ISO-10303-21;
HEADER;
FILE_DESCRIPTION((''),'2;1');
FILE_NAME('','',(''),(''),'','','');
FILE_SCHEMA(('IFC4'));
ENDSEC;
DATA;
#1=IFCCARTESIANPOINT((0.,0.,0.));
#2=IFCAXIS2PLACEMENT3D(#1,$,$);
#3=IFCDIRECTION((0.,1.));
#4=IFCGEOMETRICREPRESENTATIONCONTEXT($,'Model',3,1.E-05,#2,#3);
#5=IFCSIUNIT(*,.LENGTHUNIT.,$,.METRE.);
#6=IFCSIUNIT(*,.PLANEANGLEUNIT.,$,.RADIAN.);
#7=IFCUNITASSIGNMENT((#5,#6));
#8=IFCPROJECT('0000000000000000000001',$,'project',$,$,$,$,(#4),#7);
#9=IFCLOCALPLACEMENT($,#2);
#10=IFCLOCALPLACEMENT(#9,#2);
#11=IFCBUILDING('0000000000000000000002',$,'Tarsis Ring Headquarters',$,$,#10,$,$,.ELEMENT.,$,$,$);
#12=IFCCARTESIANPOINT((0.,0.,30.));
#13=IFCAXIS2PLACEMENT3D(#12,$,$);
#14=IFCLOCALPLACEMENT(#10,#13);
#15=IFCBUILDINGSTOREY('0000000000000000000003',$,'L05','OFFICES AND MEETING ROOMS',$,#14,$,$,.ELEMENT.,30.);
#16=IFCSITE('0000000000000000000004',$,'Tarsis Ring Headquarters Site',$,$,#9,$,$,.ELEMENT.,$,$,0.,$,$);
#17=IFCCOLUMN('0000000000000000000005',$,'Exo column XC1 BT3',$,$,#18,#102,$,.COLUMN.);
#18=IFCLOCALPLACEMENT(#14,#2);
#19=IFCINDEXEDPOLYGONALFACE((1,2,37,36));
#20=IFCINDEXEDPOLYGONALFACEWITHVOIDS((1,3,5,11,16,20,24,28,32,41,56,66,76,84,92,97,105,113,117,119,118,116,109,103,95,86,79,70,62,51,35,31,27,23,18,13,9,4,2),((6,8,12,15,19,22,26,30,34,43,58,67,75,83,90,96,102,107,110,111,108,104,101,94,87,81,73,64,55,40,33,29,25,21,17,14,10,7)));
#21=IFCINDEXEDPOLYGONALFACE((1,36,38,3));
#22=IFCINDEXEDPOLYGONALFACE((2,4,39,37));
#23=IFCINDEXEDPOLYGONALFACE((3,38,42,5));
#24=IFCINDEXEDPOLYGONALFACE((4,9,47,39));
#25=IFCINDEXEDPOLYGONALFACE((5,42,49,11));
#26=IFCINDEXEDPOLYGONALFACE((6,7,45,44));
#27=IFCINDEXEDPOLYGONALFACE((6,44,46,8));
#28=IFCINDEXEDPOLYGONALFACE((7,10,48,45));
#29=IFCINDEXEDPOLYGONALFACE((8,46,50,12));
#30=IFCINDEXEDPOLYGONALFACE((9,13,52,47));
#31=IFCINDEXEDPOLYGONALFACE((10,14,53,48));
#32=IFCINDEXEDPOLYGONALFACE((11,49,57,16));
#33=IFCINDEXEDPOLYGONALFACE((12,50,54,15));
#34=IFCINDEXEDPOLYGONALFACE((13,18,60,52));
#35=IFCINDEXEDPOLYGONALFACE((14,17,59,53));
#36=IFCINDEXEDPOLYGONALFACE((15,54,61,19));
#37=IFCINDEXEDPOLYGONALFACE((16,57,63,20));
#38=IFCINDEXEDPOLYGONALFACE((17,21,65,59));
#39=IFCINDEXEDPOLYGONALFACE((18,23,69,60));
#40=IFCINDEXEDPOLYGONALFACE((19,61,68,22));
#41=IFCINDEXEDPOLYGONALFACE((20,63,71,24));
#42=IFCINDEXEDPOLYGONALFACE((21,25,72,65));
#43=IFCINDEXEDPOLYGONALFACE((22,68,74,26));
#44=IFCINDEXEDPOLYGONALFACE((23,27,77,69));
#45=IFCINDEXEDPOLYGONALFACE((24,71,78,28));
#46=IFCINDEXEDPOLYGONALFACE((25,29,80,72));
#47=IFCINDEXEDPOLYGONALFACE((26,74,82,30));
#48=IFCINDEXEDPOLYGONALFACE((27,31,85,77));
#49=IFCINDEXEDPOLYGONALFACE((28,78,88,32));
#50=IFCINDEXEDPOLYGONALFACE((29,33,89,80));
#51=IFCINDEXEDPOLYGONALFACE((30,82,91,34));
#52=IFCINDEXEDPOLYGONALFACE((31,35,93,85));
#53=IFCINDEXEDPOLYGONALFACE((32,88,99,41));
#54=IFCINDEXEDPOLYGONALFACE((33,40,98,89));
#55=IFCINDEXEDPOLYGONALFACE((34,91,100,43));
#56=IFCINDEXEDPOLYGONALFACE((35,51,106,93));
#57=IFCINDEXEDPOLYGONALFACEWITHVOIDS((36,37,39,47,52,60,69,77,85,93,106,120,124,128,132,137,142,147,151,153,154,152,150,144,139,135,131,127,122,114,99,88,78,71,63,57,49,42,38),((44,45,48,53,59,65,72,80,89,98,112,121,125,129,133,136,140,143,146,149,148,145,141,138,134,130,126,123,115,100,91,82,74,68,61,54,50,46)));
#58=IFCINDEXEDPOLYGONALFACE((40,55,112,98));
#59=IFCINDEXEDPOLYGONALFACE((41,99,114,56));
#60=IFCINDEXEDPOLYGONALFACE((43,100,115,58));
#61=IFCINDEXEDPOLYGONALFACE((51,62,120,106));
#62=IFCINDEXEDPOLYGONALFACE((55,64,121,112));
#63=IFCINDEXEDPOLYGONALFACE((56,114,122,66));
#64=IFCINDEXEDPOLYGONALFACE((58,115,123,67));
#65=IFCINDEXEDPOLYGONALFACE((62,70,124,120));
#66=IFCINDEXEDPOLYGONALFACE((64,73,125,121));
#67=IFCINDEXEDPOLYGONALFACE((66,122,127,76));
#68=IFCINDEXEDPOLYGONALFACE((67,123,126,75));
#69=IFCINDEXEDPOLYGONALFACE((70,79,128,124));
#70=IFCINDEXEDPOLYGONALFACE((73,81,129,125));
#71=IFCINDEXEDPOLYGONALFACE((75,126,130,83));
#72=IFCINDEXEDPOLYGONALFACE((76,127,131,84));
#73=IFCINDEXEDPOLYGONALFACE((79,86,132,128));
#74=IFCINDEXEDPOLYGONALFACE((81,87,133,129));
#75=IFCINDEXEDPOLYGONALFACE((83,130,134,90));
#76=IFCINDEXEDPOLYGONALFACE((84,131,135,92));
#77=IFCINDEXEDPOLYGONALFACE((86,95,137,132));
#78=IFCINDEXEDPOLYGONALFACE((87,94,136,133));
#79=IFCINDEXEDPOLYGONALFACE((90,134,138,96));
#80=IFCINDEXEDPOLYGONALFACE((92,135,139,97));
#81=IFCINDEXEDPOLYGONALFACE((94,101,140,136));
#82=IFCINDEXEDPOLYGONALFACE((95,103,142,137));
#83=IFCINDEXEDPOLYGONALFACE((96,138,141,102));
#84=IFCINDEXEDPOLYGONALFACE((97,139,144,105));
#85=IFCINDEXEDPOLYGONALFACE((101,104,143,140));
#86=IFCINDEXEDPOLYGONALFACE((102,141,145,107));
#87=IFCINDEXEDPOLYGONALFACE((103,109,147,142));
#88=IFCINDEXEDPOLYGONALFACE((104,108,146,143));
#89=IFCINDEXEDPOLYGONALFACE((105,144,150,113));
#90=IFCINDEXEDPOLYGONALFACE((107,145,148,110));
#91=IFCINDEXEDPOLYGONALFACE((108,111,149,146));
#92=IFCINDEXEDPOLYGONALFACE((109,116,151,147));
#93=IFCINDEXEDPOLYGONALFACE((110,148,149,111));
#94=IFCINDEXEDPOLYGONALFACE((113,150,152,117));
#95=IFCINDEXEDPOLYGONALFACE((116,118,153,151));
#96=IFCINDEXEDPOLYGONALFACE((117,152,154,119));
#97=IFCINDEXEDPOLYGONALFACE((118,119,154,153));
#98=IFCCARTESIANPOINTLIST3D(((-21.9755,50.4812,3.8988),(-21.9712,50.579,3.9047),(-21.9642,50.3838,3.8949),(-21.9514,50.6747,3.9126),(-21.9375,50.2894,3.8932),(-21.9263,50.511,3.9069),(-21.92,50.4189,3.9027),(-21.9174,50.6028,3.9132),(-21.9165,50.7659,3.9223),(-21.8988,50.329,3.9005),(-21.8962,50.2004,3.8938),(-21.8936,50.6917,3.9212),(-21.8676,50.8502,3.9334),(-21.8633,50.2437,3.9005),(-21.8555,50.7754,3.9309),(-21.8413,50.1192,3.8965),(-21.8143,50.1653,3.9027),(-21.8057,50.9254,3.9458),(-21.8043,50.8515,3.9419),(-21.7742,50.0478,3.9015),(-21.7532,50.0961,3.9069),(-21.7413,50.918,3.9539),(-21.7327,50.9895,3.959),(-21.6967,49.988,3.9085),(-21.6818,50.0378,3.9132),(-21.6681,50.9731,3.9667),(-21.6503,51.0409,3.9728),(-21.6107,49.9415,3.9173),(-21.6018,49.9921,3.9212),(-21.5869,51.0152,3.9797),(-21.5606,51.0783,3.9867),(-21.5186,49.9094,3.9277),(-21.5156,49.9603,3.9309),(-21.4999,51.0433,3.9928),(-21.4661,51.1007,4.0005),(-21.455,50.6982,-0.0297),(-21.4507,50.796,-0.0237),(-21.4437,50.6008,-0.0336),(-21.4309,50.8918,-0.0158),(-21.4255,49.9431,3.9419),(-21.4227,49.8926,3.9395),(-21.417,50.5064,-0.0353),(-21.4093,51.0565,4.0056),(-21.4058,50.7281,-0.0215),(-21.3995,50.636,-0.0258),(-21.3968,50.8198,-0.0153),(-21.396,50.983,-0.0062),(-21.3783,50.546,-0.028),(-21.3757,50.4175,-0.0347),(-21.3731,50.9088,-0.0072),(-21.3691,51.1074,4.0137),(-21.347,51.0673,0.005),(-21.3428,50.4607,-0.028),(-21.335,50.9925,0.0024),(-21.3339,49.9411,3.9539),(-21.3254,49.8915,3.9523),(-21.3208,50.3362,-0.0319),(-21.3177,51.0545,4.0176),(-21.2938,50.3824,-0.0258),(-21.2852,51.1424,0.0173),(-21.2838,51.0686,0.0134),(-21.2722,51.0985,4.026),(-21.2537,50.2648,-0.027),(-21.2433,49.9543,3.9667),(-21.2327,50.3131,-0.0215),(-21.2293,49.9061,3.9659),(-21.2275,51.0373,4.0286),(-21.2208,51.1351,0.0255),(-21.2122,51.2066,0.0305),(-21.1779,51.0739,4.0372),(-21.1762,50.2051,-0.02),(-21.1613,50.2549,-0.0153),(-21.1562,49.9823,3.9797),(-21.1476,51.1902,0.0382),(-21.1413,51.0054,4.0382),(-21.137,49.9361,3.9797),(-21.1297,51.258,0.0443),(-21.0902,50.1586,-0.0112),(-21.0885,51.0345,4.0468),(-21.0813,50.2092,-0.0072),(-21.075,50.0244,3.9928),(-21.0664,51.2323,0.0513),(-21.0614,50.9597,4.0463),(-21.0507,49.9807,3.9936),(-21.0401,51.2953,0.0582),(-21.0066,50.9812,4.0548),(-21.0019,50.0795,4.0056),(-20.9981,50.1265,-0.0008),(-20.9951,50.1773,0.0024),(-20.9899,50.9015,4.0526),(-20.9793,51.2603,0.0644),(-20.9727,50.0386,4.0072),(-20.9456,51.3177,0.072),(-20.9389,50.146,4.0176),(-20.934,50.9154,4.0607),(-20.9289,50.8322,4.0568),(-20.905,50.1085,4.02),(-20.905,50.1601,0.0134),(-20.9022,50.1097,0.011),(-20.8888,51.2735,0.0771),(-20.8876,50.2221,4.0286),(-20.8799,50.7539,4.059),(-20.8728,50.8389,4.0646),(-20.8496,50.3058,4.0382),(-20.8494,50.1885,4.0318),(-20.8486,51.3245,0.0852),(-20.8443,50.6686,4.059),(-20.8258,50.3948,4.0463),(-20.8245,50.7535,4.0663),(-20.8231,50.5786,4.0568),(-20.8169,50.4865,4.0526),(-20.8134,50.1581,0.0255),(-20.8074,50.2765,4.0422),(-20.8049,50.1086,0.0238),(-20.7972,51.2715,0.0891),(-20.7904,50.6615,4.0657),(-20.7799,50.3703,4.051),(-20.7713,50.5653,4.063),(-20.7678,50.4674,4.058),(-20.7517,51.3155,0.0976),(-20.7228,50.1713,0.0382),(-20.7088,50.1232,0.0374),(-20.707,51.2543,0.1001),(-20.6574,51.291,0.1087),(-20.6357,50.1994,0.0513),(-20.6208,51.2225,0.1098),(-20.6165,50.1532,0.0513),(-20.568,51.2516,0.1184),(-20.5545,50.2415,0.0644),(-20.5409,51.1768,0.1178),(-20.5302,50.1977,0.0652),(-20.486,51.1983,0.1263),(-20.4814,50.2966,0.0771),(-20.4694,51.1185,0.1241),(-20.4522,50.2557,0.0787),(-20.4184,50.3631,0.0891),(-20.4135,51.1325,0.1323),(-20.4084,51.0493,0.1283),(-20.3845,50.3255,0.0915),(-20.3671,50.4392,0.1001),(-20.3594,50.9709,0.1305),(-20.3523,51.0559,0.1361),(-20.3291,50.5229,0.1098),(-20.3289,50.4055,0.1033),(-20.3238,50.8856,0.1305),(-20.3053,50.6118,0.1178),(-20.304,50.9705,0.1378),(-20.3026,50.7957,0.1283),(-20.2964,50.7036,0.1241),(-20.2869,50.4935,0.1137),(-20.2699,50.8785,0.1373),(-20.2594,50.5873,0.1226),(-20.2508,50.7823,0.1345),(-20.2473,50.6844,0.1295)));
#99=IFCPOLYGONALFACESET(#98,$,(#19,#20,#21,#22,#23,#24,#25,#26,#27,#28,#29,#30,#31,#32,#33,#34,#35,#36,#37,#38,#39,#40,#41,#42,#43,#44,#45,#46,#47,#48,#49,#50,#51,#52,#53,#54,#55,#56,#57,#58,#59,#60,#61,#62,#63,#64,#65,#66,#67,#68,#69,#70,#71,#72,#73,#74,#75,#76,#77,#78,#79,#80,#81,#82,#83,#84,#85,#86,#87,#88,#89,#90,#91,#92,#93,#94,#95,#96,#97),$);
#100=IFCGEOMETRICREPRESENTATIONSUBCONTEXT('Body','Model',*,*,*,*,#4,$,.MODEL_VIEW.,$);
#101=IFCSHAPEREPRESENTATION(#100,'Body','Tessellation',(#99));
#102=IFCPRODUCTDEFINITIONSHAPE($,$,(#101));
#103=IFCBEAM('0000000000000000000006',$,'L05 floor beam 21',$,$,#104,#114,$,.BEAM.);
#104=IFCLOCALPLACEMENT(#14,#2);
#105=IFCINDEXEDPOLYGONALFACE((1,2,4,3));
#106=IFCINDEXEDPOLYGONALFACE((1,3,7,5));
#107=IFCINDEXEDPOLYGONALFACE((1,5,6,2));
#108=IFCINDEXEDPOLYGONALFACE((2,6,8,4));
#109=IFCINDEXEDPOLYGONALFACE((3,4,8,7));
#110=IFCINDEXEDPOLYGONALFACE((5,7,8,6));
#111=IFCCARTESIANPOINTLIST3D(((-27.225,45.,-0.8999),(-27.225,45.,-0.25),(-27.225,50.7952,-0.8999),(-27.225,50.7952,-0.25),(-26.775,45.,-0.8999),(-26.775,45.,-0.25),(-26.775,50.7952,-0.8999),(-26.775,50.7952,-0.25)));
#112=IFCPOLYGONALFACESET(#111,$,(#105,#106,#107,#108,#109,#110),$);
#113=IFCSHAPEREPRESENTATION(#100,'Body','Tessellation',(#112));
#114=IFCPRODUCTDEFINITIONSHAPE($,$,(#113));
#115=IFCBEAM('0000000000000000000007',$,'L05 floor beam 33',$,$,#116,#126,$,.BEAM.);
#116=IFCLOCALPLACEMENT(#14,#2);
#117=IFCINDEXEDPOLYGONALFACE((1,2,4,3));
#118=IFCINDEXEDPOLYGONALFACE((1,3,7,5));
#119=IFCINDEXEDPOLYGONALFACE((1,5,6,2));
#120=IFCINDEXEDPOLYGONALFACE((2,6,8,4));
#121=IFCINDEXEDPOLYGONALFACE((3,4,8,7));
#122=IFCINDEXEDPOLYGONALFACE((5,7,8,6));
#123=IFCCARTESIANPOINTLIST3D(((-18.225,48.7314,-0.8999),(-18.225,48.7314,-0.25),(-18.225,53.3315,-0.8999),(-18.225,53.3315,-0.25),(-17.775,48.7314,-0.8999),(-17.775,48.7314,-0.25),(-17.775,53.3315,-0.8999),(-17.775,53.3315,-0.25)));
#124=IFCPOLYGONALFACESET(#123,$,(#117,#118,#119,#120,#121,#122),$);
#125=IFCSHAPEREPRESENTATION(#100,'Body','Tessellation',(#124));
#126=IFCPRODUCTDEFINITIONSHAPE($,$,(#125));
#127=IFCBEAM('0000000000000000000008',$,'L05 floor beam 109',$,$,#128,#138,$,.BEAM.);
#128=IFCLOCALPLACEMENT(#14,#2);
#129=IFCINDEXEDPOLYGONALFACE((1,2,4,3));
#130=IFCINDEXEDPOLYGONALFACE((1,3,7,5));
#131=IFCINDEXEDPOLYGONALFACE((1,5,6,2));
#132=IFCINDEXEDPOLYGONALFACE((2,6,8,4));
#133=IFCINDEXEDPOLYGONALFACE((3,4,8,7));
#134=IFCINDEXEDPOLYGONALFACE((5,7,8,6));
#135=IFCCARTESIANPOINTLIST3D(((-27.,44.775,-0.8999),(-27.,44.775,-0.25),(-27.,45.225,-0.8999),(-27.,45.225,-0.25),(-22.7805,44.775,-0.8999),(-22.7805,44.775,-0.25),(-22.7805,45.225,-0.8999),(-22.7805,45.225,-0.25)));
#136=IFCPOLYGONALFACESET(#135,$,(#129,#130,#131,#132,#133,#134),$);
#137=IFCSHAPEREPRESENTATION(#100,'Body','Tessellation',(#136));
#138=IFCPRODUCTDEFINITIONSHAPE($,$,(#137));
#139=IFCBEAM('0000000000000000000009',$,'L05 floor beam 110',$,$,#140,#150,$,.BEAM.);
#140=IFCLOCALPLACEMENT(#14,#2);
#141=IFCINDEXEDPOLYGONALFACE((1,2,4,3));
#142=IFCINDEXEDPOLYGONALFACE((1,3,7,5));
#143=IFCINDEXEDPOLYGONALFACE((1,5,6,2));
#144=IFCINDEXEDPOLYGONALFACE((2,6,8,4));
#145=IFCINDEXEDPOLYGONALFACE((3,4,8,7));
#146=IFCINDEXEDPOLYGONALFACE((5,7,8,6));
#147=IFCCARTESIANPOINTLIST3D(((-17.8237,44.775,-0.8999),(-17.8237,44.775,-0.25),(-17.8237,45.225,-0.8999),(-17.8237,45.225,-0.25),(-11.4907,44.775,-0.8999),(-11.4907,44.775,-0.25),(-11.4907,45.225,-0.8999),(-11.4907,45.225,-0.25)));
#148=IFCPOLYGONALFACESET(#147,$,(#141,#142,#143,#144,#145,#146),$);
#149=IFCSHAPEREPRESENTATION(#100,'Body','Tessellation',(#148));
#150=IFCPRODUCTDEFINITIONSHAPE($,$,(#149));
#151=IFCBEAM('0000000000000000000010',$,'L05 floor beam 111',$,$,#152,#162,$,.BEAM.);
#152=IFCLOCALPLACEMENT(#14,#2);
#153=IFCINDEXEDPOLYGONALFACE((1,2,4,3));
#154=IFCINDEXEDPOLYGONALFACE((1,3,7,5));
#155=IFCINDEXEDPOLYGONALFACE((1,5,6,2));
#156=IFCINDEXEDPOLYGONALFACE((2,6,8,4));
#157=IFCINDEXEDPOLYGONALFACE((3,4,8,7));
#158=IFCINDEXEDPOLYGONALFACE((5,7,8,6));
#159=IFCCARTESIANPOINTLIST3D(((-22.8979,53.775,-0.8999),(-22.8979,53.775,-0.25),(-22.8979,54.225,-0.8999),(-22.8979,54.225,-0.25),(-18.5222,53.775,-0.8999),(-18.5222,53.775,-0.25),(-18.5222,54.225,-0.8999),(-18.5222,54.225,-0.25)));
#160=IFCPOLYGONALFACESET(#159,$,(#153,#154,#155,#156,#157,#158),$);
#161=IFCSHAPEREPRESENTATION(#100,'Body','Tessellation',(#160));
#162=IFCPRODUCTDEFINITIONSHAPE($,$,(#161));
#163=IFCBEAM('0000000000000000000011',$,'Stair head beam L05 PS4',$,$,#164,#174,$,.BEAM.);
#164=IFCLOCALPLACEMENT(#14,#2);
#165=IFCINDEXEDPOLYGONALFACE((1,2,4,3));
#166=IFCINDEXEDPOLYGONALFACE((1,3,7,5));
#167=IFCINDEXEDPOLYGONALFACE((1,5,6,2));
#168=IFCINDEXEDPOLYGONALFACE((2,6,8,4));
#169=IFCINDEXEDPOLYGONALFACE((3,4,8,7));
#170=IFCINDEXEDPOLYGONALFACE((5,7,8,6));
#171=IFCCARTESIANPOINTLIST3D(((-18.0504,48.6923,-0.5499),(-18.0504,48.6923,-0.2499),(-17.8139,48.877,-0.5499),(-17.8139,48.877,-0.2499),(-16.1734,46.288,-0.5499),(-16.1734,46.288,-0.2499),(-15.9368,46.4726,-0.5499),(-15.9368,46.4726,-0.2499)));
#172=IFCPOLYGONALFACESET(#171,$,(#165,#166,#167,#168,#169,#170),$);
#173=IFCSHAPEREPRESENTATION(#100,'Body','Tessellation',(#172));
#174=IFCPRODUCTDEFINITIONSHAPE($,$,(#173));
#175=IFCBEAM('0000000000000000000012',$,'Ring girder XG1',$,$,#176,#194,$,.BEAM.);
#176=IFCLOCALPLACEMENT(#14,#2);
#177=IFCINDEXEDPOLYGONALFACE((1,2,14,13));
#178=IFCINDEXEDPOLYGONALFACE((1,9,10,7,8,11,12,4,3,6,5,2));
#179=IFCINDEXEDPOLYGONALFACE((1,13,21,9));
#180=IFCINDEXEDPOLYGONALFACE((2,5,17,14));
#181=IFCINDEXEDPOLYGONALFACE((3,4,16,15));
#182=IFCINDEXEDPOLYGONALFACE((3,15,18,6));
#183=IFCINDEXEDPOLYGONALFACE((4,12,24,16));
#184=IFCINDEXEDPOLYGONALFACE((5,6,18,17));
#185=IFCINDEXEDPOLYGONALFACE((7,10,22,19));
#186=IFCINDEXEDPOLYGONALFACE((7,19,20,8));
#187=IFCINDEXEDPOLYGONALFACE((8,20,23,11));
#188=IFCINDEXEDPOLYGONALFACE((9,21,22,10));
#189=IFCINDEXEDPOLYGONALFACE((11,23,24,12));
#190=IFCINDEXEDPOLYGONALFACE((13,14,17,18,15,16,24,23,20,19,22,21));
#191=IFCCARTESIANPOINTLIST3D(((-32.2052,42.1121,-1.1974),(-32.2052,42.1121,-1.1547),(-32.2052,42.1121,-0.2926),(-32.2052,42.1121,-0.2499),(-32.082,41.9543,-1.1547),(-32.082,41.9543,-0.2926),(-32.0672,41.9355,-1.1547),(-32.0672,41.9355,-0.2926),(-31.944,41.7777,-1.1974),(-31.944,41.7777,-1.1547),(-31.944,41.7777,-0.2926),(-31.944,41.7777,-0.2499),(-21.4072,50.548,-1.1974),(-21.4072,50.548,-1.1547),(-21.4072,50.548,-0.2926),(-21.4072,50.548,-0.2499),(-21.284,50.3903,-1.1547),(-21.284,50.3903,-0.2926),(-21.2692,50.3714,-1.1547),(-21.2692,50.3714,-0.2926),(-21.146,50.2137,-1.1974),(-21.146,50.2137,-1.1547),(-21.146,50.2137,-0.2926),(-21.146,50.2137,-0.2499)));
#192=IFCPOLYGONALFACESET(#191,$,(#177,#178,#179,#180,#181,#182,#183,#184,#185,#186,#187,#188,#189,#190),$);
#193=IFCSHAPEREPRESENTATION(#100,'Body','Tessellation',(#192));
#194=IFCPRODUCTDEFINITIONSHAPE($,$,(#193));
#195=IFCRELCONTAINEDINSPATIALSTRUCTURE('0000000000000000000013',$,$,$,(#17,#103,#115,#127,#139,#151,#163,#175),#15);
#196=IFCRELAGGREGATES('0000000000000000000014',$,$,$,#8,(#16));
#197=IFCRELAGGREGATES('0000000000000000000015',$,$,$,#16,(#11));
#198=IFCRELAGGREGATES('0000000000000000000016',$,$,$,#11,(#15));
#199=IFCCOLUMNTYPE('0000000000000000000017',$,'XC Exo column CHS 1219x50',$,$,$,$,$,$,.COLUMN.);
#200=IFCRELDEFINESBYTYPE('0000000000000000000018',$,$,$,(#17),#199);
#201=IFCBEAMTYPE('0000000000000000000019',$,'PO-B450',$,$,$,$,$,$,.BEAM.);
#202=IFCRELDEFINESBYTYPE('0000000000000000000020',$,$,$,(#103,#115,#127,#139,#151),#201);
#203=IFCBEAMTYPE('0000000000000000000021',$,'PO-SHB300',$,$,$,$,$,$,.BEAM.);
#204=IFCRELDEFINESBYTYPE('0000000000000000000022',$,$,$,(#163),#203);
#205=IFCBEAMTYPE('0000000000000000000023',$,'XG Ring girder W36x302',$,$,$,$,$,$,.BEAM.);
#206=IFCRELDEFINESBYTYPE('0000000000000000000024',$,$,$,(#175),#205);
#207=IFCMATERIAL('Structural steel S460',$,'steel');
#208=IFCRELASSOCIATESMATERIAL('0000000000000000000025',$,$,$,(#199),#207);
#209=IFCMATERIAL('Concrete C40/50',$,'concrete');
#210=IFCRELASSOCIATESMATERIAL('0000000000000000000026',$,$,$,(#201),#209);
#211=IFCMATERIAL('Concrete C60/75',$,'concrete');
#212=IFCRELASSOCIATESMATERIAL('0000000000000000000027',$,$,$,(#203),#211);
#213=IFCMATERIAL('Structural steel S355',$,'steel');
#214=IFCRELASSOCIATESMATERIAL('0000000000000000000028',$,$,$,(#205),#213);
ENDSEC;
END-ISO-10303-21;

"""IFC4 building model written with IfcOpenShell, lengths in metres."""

from ifc_helpers import new_model, si_unit, direction, frame, origin, origin_2d, place, context, subcontext, project, spatial, rectangle, hollow_circle, i_section, extrude, material, material_profile, profile_set, type_object, element, save


model = new_model("IFC4")

# Units and contexts
model_context = context("Model", 3, precision=1e-05, world=origin(), true_north=direction((0.0, 1.0)))
body_context = subcontext(model_context, "Body", "Model", "MODEL_VIEW")
ifc_project = project(units=[si_unit("LENGTHUNIT", "METRE"), si_unit("PLANEANGLEUNIT", "RADIAN")], contexts=[model_context])

# Site, building, storey
site_placement = place(None, origin())
site = spatial("IfcSite", under=ifc_project, at=site_placement, Name="Tarsis Ring Headquarters Site", CompositionType="ELEMENT", RefElevation=0.0)
building_placement = place(site_placement, origin())
building = spatial("IfcBuilding", under=site, at=building_placement, Name="Tarsis Ring Headquarters", CompositionType="ELEMENT")
storey_placement = place(building_placement, frame((0.0, 0.0, 30.0)))
storey = spatial("IfcBuildingStorey", under=building, at=storey_placement, Name="L05", Description="OFFICES AND MEETING ROOMS", CompositionType="ELEMENT", Elevation=30.0)

# Column
ifc_material_1 = material(Name="Structural steel S460", Category="steel")
ifc_material_profile_1 = material_profile(ifc_material_1, hollow_circle(Radius=0.6096, WallThickness=0.05, at=origin_2d()), Name="CHS 1219x50")
ifc_profile_set_1 = profile_set([ifc_material_profile_1], Name="Structural steel S460")
column_type = type_object("IfcColumnType", Name="XC Exo column CHS 1219x50", PredefinedType="COLUMN", material=ifc_profile_set_1)
column_placement = place(storey_placement, frame((-20.8511, 50.7158, 0.0513), z_axis=(-0.131152, -0.054688, 0.989853), x_axis=(0.384861, -0.922974, 0.0)))
element("IfcColumn", 1, at=column_placement, inside=storey, type_object=column_type, Name="Exo column XC1 BT3", PredefinedType="COLUMN", context=body_context, shape_type="SweptSolid", body=[
    extrude(hollow_circle(Radius=0.6096, WallThickness=0.05, at=origin_2d()), origin(), (0.0, 0.0, 1.0), 3.9688),
])

# Beams
ifc_material_2 = material(Name="Concrete C40/50", Category="concrete")
ifc_material_profile_2 = material_profile(ifc_material_2, rectangle(XDim=0.45, YDim=0.6499, at=origin_2d()), Name="PO-B450")
ifc_profile_set_2 = profile_set([ifc_material_profile_2], Name="Concrete C40/50")
beam_type_1 = type_object("IfcBeamType", Name="PO-B450", PredefinedType="BEAM", material=ifc_profile_set_2)
beam_1_placement = place(storey_placement, frame((-27.0, 45.0, -0.575), z_axis=(0.0, 1.0, 0.0), x_axis=(-1.0, 0.0, 0.0)))
element("IfcBeam", 2, at=beam_1_placement, inside=storey, type_object=beam_type_1, Name="L05 floor beam 21", PredefinedType="BEAM", context=body_context, shape_type="SweptSolid", body=[
    extrude(rectangle(XDim=0.45, YDim=0.6499, at=origin_2d()), origin(), (0.0, 0.0, 1.0), 5.7952),
])
beam_2_placement = place(storey_placement, frame((-18.0, 48.7314, -0.575), z_axis=(0.0, 1.0, 0.0), x_axis=(-1.0, 0.0, 0.0)))
element("IfcBeam", 3, at=beam_2_placement, inside=storey, type_object=beam_type_1, Name="L05 floor beam 33", PredefinedType="BEAM", context=body_context, shape_type="SweptSolid", body=[
    extrude(rectangle(XDim=0.45, YDim=0.6499, at=origin_2d()), origin(), (0.0, 0.0, 1.0), 4.6001),
])
beam_3_placement = place(storey_placement, frame((-27.0, 45.0, -0.575), z_axis=(1.0, 0.0, 0.0), x_axis=(0.0, 1.0, 0.0)))
element("IfcBeam", 4, at=beam_3_placement, inside=storey, type_object=beam_type_1, Name="L05 floor beam 109", PredefinedType="BEAM", context=body_context, shape_type="SweptSolid", body=[
    extrude(rectangle(XDim=0.45, YDim=0.6499, at=origin_2d()), origin(), (0.0, 0.0, 1.0), 4.2195),
])
beam_4_placement = place(storey_placement, frame((-17.8237, 45.0, -0.575), z_axis=(1.0, 0.0, 0.0), x_axis=(0.0, 1.0, 0.0)))
element("IfcBeam", 5, at=beam_4_placement, inside=storey, type_object=beam_type_1, Name="L05 floor beam 110", PredefinedType="BEAM", context=body_context, shape_type="SweptSolid", body=[
    extrude(rectangle(XDim=0.45, YDim=0.6499, at=origin_2d()), origin(), (0.0, 0.0, 1.0), 6.333),
])
beam_5_placement = place(storey_placement, frame((-22.8979, 54.0, -0.575), z_axis=(1.0, 0.0, 0.0), x_axis=(0.0, 1.0, 0.0)))
element("IfcBeam", 6, at=beam_5_placement, inside=storey, type_object=beam_type_1, Name="L05 floor beam 111", PredefinedType="BEAM", context=body_context, shape_type="SweptSolid", body=[
    extrude(rectangle(XDim=0.45, YDim=0.6499, at=origin_2d()), origin(), (0.0, 0.0, 1.0), 4.3757),
])
ifc_material_3 = material(Name="Concrete C60/75", Category="concrete")
ifc_material_profile_3 = material_profile(ifc_material_3, rectangle(XDim=0.3, YDim=0.3, at=origin_2d()), Name="PO-SHB300")
ifc_profile_set_3 = profile_set([ifc_material_profile_3], Name="Concrete C60/75")
beam_type_2 = type_object("IfcBeamType", Name="PO-SHB300", PredefinedType="BEAM", material=ifc_profile_set_3)
beam_6_placement = place(storey_placement, frame((-17.9321, 48.7847, -0.3999), z_axis=(0.615358, -0.788248, 0.0), x_axis=(0.788248, 0.615358, 0.0)))
element("IfcBeam", 7, at=beam_6_placement, inside=storey, type_object=beam_type_2, Name="Stair head beam L05 PS4", PredefinedType="BEAM", context=body_context, shape_type="SweptSolid", body=[
    extrude(rectangle(XDim=0.3, YDim=0.3, at=origin_2d()), origin(), (0.0, 0.0, 1.0), 3.0503),
])
ifc_material_4 = material(Name="Structural steel S355", Category="steel")
ifc_material_profile_4 = material_profile(ifc_material_4, i_section(OverallWidth=0.4243, OverallDepth=0.9475, WebThickness=0.0239, FlangeThickness=0.0427, at=origin_2d()), Name="W36x302")
ifc_profile_set_4 = profile_set([ifc_material_profile_4], Name="Structural steel S355")
beam_type_3 = type_object("IfcBeamType", Name="XG Ring girder W36x302", PredefinedType="BEAM", material=ifc_profile_set_4)
beam_7_placement = place(storey_placement, frame((-21.2766, 50.3809, -0.7236), z_axis=(-0.788024, -0.615645, 0.0), x_axis=(0.615645, -0.788024, 0.0)))
element("IfcBeam", 8, at=beam_7_placement, inside=storey, type_object=beam_type_3, Name="Ring girder XG1", PredefinedType="BEAM", context=body_context, shape_type="SweptSolid", body=[
    extrude(i_section(OverallWidth=0.4243, OverallDepth=0.9475, WebThickness=0.0239, FlangeThickness=0.0427, at=origin_2d()), origin(), (0.0, 0.0, 1.0), 13.7026),
])

save(model, "model.ifc")
